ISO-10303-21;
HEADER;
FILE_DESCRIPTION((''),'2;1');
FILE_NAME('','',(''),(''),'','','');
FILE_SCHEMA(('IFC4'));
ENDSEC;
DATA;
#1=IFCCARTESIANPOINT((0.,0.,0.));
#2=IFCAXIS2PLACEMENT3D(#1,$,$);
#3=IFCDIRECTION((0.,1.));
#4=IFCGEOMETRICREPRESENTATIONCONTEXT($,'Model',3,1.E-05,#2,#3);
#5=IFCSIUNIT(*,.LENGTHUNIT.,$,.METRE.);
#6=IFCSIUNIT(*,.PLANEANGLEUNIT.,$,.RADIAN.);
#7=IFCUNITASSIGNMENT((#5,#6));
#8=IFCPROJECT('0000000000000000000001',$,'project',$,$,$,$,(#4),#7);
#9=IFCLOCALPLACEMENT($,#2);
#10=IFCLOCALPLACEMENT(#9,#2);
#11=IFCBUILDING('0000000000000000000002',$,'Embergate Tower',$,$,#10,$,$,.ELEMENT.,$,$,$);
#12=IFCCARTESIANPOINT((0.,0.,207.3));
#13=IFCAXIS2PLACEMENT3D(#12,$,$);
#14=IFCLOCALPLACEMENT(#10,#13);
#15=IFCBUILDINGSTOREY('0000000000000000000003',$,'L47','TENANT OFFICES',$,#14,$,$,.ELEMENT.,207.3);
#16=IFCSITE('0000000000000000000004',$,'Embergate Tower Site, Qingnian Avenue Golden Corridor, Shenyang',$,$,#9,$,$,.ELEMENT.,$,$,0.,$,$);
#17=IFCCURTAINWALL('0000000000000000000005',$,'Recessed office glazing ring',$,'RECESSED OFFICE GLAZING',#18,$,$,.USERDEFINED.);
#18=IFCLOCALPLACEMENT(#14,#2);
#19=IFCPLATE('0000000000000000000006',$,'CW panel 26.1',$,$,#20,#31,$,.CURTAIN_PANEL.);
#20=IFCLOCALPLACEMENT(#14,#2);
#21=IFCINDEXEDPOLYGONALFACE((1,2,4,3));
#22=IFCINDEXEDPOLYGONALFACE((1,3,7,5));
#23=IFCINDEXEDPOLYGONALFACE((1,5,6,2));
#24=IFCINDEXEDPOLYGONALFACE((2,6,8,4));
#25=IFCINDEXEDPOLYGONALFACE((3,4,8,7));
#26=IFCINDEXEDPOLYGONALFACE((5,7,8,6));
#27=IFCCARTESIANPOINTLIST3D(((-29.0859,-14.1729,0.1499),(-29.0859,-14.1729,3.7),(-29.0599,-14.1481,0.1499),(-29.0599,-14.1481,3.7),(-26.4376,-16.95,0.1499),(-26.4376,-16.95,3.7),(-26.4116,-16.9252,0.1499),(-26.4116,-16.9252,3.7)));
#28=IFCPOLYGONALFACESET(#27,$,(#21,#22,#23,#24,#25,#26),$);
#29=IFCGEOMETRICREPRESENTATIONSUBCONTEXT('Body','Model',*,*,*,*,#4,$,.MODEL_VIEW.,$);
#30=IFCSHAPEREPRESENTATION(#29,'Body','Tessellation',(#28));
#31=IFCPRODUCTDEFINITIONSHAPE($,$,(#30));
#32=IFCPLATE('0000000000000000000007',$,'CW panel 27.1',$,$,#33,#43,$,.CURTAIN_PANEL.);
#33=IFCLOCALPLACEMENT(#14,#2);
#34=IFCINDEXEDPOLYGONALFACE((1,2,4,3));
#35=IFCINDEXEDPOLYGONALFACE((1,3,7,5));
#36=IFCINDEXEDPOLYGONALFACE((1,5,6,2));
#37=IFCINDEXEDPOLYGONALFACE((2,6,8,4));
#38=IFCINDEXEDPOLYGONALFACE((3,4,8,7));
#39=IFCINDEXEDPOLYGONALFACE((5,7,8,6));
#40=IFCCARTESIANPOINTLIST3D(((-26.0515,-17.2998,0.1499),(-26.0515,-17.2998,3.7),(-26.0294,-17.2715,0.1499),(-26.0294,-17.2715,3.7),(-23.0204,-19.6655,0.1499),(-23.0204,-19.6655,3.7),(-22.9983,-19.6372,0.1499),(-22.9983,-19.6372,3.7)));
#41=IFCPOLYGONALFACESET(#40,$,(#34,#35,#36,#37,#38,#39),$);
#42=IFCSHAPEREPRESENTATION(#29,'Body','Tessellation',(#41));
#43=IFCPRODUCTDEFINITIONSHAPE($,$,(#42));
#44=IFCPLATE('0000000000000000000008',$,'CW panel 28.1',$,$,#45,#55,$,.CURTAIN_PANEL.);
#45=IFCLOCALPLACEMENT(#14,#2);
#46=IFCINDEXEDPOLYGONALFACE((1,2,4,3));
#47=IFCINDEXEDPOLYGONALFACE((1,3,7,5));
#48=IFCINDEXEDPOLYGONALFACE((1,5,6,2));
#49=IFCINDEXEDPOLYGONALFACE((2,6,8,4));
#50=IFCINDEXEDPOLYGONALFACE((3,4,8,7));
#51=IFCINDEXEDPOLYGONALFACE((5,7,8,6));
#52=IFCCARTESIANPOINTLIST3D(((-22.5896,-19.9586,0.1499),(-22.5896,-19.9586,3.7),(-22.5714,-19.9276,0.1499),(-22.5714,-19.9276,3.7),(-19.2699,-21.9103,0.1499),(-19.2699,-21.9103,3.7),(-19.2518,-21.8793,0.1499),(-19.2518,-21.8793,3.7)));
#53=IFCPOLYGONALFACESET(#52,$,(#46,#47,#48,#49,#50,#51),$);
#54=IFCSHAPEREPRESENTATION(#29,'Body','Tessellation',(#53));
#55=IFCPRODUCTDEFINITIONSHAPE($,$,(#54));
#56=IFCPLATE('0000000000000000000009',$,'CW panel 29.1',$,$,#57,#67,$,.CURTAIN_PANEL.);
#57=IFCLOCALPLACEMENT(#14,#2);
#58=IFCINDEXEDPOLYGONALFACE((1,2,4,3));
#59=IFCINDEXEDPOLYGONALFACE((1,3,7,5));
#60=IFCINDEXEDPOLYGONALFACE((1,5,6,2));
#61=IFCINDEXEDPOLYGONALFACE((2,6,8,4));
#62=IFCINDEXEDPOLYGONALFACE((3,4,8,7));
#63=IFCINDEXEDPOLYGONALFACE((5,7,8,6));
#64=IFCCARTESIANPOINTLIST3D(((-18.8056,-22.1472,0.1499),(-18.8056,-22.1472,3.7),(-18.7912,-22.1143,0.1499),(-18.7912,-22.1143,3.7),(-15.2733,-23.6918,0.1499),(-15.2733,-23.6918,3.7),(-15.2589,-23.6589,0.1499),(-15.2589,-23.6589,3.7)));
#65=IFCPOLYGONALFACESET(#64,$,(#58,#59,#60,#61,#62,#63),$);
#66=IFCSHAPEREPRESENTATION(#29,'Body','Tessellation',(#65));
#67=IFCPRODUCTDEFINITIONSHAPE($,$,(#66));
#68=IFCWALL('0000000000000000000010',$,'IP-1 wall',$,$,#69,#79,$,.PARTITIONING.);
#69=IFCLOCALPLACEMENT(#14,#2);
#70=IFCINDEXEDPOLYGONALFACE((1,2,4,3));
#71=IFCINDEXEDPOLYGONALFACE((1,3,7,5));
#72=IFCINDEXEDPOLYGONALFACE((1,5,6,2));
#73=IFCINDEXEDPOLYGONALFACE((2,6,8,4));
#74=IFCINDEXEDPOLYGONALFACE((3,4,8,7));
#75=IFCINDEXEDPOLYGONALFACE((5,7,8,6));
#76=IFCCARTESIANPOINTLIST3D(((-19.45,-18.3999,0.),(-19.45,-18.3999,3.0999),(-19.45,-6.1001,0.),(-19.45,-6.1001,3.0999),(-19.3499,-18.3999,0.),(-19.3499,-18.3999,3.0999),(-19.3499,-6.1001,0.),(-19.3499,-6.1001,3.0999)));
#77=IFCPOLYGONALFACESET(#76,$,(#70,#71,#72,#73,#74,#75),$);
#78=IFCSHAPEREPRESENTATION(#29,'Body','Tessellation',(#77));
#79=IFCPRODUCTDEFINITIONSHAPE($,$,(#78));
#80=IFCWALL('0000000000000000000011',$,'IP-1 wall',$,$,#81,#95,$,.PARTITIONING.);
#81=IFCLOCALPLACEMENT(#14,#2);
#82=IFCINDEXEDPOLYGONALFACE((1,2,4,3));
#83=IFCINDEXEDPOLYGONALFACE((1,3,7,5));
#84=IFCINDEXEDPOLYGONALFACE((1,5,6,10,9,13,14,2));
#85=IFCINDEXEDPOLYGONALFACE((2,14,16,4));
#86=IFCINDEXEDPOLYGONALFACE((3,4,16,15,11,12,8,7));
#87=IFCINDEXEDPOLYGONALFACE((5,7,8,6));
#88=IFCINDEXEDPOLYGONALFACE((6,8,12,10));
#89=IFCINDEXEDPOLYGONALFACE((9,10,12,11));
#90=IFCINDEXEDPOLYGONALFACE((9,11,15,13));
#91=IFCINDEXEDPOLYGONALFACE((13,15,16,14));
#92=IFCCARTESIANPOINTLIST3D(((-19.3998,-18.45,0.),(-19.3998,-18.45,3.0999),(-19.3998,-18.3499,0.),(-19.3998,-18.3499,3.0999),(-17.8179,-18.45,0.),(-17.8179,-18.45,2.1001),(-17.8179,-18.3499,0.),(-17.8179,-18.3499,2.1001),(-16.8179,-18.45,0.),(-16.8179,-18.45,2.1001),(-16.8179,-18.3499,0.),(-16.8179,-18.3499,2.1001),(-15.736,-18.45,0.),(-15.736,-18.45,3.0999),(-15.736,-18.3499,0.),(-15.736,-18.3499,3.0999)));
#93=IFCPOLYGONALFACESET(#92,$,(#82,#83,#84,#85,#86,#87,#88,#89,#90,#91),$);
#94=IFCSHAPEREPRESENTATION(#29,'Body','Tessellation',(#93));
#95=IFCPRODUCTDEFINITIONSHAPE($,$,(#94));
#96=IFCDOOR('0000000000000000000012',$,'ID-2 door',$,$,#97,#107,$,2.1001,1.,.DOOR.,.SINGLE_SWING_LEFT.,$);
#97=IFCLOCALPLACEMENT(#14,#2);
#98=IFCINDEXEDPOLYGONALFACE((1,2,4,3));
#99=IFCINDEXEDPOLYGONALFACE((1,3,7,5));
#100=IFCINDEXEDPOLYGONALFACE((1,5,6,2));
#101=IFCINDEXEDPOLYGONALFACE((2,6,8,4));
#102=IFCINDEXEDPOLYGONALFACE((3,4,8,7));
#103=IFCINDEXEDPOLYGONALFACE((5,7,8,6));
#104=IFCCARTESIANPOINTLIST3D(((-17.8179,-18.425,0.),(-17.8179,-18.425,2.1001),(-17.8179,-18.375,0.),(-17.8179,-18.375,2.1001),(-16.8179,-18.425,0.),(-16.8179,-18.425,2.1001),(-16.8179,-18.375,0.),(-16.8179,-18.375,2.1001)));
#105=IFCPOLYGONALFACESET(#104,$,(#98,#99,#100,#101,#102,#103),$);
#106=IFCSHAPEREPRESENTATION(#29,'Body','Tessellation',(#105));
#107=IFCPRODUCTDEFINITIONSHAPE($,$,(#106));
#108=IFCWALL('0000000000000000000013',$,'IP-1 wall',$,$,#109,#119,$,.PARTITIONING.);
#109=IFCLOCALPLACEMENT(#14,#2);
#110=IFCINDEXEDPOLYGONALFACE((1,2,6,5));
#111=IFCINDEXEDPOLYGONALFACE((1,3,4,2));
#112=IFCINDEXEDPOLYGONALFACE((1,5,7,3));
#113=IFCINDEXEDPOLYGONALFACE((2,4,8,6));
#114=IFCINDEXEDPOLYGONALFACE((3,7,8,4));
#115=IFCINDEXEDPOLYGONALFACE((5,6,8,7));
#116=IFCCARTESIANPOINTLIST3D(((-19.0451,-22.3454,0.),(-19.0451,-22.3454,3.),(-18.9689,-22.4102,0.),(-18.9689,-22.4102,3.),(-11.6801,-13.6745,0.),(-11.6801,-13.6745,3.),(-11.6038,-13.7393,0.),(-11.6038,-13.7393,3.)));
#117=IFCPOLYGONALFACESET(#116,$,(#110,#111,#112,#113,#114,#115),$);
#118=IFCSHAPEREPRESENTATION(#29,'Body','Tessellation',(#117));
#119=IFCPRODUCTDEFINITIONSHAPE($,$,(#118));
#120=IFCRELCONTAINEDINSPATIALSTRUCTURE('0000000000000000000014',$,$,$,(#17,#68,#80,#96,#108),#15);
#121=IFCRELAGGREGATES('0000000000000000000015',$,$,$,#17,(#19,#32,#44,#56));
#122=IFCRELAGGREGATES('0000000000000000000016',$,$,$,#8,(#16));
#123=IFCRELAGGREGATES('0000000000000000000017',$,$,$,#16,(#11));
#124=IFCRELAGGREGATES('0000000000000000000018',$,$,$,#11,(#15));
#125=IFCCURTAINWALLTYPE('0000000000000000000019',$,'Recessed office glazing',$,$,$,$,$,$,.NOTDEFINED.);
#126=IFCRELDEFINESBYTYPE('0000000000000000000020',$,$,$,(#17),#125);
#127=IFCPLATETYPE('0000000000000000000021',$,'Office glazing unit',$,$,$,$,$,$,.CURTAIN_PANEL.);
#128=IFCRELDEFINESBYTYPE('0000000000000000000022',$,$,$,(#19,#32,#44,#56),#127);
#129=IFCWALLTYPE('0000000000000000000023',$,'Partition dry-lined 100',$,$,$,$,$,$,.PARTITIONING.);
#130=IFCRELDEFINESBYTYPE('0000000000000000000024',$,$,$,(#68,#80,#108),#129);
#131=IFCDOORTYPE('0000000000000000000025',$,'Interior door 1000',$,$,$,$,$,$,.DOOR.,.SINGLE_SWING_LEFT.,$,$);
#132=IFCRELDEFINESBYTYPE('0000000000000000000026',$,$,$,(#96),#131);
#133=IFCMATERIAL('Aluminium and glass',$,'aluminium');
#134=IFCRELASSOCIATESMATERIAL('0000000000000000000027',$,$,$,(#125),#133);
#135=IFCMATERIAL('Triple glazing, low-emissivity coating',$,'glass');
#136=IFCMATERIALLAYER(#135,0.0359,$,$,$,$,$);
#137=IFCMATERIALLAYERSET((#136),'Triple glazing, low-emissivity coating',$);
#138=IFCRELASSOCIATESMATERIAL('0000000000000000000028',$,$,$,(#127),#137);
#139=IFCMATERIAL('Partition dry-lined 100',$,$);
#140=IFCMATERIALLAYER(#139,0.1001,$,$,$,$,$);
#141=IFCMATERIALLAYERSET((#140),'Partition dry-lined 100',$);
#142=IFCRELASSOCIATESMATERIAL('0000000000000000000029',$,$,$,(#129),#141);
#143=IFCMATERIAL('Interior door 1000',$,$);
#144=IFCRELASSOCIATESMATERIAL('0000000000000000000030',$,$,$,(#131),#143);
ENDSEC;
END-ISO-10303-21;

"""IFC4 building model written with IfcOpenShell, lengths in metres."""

from ifc_helpers import new_model, si_unit, direction, frame, frame_2d, origin, origin_2d, place, context, subcontext, project, spatial, rectangle, extrude, source, transform, mapped, material, layer, layer_set, type_object, element, fill, aggregate, save


model = new_model("IFC4")

# Units and contexts
model_context = context("Model", 3, precision=1e-05, world=origin(), true_north=direction((0.0, 1.0)))
body_context = subcontext(model_context, "Body", "Model", "MODEL_VIEW")
ifc_project = project(units=[si_unit("LENGTHUNIT", "METRE"), si_unit("PLANEANGLEUNIT", "RADIAN")], contexts=[model_context])

# Site, building, storey
site_placement = place(None, origin())
site = spatial("IfcSite", under=ifc_project, at=site_placement, Name="Embergate Tower Site, Qingnian Avenue Golden Corridor, Shenyang", CompositionType="ELEMENT", RefElevation=0.0)
building_placement = place(site_placement, origin())
building = spatial("IfcBuilding", under=site, at=building_placement, Name="Embergate Tower", CompositionType="ELEMENT")
storey_placement = place(building_placement, frame((0.0, 0.0, 207.3)))
storey = spatial("IfcBuildingStorey", under=building, at=storey_placement, Name="L47", Description="TENANT OFFICES", CompositionType="ELEMENT", Elevation=207.3)

# Curtain wall, plates
ifc_material_1 = material(Name="Aluminium and glass", Category="aluminium")
curtain_wall_type = type_object("IfcCurtainWallType", Name="Recessed office glazing", PredefinedType="NOTDEFINED", material=ifc_material_1)
curtain_wall_placement = place(storey_placement, origin())
curtain_wall = element("IfcCurtainWall", 1, at=curtain_wall_placement, inside=storey, type_object=curtain_wall_type, Name="Recessed office glazing ring", ObjectType="RECESSED OFFICE GLAZING", PredefinedType="USERDEFINED")
ifc_material_2 = material(Name="Triple glazing, low-emissivity coating", Category="glass")
ifc_layer_1 = layer(ifc_material_2, 0.0359)
ifc_layer_set_1 = layer_set([ifc_layer_1], Name="Triple glazing, low-emissivity coating")
plate_type = type_object("IfcPlateType", Name="Office glazing unit", PredefinedType="CURTAIN_PANEL", material=ifc_layer_set_1)
shared_shape_1 = source(origin(), body_context, "Body", "SweptSolid", [
    extrude(rectangle(XDim=3.8374, YDim=0.0359, at=origin_2d()), origin(), (0.0, 0.0, 1.0), 3.55),
])
plate_1_placement = place(storey_placement, frame((-27.7488, -15.5491, 0.1499), z_axis=(0.0, 0.0, 1.0), x_axis=(0.690129, -0.723687, 0.0)))
plate_1 = element("IfcPlate", 2, at=plate_1_placement, type_object=plate_type, Name="CW panel 26.1", PredefinedType="CURTAIN_PANEL", context=body_context, shape_type="MappedRepresentation", body=[
    mapped(shared_shape_1, transform((0.0, 0.0, 0.0))),
])
shared_shape_2 = source(origin(), body_context, "Body", "SweptSolid", [
    extrude(rectangle(XDim=3.845, YDim=0.0359, at=origin_2d()), origin(), (0.0, 0.0, 1.0), 3.55),
])
plate_2_placement = place(storey_placement, frame((-24.5249, -18.4685, 0.1499), z_axis=(0.0, 0.0, 1.0), x_axis=(0.788316, -0.615271, 0.0)))
plate_2 = element("IfcPlate", 3, at=plate_2_placement, type_object=plate_type, Name="CW panel 27.1", PredefinedType="CURTAIN_PANEL", context=body_context, shape_type="MappedRepresentation", body=[
    mapped(shared_shape_2, transform((0.0, 0.0, 0.0))),
])
shared_shape_3 = source(origin(), body_context, "Body", "SweptSolid", [
    extrude(rectangle(XDim=3.8508, YDim=0.0359, at=origin_2d()), origin(), (0.0, 0.0, 1.0), 3.55),
])
plate_3_placement = place(storey_placement, frame((-20.9207, -20.9189, 0.1499), z_axis=(0.0, 0.0, 1.0), x_axis=(0.86205, -0.506824, 0.0)))
plate_3 = element("IfcPlate", 4, at=plate_3_placement, type_object=plate_type, Name="CW panel 28.1", PredefinedType="CURTAIN_PANEL", context=body_context, shape_type="MappedRepresentation", body=[
    mapped(shared_shape_3, transform((0.0, 0.0, 0.0))),
])
shared_shape_4 = source(origin(), body_context, "Body", "SweptSolid", [
    extrude(rectangle(XDim=3.8552, YDim=0.0359, at=origin_2d()), origin(), (0.0, 0.0, 1.0), 3.55),
])
plate_4_placement = place(storey_placement, frame((-17.0322, -22.9031, 0.1499), z_axis=(0.0, 0.0, 1.0), x_axis=(0.916233, -0.400645, 0.0)))
plate_4 = element("IfcPlate", 5, at=plate_4_placement, type_object=plate_type, Name="CW panel 29.1", PredefinedType="CURTAIN_PANEL", context=body_context, shape_type="MappedRepresentation", body=[
    mapped(shared_shape_4, transform((0.0, 0.0, 0.0))),
])
aggregate(curtain_wall, [plate_1, plate_2, plate_3, plate_4])

# Wall
ifc_material_3 = material(Name="Partition dry-lined 100")
ifc_layer_2 = layer(ifc_material_3, 0.1001)
ifc_layer_set_2 = layer_set([ifc_layer_2], Name="Partition dry-lined 100")
wall_type = type_object("IfcWallType", Name="Partition dry-lined 100", PredefinedType="PARTITIONING", material=ifc_layer_set_2)
shared_shape_5 = source(origin(), body_context, "Body", "SweptSolid", [
    extrude(rectangle(XDim=12.2998, YDim=0.1001, at=frame_2d((6.1499, 0.0))), origin(), (0.0, 0.0, 1.0), 3.0999),
])
wall_1_placement = place(storey_placement, frame((-19.3999, -18.3999, 0.0), z_axis=(0.0, 0.0, 1.0), x_axis=(0.0, 1.0, 0.0)))
element("IfcWall", 6, at=wall_1_placement, inside=storey, type_object=wall_type, Name="IP-1 wall", PredefinedType="PARTITIONING", context=body_context, shape_type="MappedRepresentation", body=[
    mapped(shared_shape_5, transform((0.0, 0.0, 0.0))),
])

# Wall, opening, door
shared_shape_6 = source(origin(), body_context, "Body", "SweptSolid", [
    extrude(rectangle(XDim=3.6638, YDim=0.1001, at=frame_2d((1.832, 0.0))), origin(), (0.0, 0.0, 1.0), 3.0999),
])
wall_2_placement = place(storey_placement, frame((-19.3999, -18.3999, 0.0), z_axis=(0.0, 0.0, 1.0), x_axis=(1.0, 0.0, 0.0)))
wall_2 = element("IfcWall", 7, at=wall_2_placement, inside=storey, type_object=wall_type, Name="IP-1 wall", PredefinedType="PARTITIONING", context=body_context, shape_type="MappedRepresentation", body=[
    mapped(shared_shape_6, transform((0.0, 0.0, 0.0))),
])
shared_shape_7 = source(origin(), body_context, "Body", "SweptSolid", [
    extrude(rectangle(XDim=1.0, YDim=2.1001, at=frame_2d((0.5, 1.05))), frame((0.0, 0.0601, 0.0), z_axis=(0.0, -1.0, 0.0), x_axis=(1.0, 0.0, 0.0)), (0.0, 0.0, 1.0), 0.1201),
])
opening_placement = place(wall_2_placement, frame((1.582, 0.0, 0.0)))
opening = element("IfcOpeningElement", 8, at=opening_placement, cuts=wall_2, PredefinedType="OPENING", context=body_context, shape_type="MappedRepresentation", body=[
    mapped(shared_shape_7, transform((0.0, 0.0, 0.0))),
])
ifc_material_4 = material(Name="Interior door 1000")
door_type = type_object("IfcDoorType", Name="Interior door 1000", OperationType="SINGLE_SWING_LEFT", PredefinedType="DOOR", material=ifc_material_4)
shared_shape_8 = source(origin(), body_context, "Body", "SweptSolid", [
    extrude(rectangle(XDim=1.0, YDim=2.1001, at=frame_2d((0.5, 1.05))), frame((0.0, 0.0249, 0.0), z_axis=(0.0, -1.0, 0.0), x_axis=(1.0, 0.0, 0.0)), (0.0, 0.0, 1.0), 0.05),
])
door_placement = place(opening_placement, origin())
door = element("IfcDoor", 9, at=door_placement, inside=storey, type_object=door_type, Name="ID-2 door", OperationType="SINGLE_SWING_LEFT", OverallHeight=2.1001, OverallWidth=1.0, PredefinedType="DOOR", context=body_context, shape_type="MappedRepresentation", body=[
    mapped(shared_shape_8, transform((0.0, 0.0, 0.0))),
])
fill(opening, door)

# Wall
shared_shape_9 = source(origin(), body_context, "Body", "SweptSolid", [
    extrude(rectangle(XDim=11.3767, YDim=0.1001, at=frame_2d((5.6885, 0.0))), origin(), (0.0, 0.0, 1.0), 3.0),
])
wall_3_placement = place(storey_placement, frame((-19.0071, -22.3779, 0.0), z_axis=(0.0, 0.0, 1.0), x_axis=(0.647379, 0.762168, 0.0)))
element("IfcWall", 10, at=wall_3_placement, inside=storey, type_object=wall_type, Name="IP-1 wall", PredefinedType="PARTITIONING", context=body_context, shape_type="MappedRepresentation", body=[
    mapped(shared_shape_9, transform((0.0, 0.0, 0.0))),
])

save(model, "model.ifc")
